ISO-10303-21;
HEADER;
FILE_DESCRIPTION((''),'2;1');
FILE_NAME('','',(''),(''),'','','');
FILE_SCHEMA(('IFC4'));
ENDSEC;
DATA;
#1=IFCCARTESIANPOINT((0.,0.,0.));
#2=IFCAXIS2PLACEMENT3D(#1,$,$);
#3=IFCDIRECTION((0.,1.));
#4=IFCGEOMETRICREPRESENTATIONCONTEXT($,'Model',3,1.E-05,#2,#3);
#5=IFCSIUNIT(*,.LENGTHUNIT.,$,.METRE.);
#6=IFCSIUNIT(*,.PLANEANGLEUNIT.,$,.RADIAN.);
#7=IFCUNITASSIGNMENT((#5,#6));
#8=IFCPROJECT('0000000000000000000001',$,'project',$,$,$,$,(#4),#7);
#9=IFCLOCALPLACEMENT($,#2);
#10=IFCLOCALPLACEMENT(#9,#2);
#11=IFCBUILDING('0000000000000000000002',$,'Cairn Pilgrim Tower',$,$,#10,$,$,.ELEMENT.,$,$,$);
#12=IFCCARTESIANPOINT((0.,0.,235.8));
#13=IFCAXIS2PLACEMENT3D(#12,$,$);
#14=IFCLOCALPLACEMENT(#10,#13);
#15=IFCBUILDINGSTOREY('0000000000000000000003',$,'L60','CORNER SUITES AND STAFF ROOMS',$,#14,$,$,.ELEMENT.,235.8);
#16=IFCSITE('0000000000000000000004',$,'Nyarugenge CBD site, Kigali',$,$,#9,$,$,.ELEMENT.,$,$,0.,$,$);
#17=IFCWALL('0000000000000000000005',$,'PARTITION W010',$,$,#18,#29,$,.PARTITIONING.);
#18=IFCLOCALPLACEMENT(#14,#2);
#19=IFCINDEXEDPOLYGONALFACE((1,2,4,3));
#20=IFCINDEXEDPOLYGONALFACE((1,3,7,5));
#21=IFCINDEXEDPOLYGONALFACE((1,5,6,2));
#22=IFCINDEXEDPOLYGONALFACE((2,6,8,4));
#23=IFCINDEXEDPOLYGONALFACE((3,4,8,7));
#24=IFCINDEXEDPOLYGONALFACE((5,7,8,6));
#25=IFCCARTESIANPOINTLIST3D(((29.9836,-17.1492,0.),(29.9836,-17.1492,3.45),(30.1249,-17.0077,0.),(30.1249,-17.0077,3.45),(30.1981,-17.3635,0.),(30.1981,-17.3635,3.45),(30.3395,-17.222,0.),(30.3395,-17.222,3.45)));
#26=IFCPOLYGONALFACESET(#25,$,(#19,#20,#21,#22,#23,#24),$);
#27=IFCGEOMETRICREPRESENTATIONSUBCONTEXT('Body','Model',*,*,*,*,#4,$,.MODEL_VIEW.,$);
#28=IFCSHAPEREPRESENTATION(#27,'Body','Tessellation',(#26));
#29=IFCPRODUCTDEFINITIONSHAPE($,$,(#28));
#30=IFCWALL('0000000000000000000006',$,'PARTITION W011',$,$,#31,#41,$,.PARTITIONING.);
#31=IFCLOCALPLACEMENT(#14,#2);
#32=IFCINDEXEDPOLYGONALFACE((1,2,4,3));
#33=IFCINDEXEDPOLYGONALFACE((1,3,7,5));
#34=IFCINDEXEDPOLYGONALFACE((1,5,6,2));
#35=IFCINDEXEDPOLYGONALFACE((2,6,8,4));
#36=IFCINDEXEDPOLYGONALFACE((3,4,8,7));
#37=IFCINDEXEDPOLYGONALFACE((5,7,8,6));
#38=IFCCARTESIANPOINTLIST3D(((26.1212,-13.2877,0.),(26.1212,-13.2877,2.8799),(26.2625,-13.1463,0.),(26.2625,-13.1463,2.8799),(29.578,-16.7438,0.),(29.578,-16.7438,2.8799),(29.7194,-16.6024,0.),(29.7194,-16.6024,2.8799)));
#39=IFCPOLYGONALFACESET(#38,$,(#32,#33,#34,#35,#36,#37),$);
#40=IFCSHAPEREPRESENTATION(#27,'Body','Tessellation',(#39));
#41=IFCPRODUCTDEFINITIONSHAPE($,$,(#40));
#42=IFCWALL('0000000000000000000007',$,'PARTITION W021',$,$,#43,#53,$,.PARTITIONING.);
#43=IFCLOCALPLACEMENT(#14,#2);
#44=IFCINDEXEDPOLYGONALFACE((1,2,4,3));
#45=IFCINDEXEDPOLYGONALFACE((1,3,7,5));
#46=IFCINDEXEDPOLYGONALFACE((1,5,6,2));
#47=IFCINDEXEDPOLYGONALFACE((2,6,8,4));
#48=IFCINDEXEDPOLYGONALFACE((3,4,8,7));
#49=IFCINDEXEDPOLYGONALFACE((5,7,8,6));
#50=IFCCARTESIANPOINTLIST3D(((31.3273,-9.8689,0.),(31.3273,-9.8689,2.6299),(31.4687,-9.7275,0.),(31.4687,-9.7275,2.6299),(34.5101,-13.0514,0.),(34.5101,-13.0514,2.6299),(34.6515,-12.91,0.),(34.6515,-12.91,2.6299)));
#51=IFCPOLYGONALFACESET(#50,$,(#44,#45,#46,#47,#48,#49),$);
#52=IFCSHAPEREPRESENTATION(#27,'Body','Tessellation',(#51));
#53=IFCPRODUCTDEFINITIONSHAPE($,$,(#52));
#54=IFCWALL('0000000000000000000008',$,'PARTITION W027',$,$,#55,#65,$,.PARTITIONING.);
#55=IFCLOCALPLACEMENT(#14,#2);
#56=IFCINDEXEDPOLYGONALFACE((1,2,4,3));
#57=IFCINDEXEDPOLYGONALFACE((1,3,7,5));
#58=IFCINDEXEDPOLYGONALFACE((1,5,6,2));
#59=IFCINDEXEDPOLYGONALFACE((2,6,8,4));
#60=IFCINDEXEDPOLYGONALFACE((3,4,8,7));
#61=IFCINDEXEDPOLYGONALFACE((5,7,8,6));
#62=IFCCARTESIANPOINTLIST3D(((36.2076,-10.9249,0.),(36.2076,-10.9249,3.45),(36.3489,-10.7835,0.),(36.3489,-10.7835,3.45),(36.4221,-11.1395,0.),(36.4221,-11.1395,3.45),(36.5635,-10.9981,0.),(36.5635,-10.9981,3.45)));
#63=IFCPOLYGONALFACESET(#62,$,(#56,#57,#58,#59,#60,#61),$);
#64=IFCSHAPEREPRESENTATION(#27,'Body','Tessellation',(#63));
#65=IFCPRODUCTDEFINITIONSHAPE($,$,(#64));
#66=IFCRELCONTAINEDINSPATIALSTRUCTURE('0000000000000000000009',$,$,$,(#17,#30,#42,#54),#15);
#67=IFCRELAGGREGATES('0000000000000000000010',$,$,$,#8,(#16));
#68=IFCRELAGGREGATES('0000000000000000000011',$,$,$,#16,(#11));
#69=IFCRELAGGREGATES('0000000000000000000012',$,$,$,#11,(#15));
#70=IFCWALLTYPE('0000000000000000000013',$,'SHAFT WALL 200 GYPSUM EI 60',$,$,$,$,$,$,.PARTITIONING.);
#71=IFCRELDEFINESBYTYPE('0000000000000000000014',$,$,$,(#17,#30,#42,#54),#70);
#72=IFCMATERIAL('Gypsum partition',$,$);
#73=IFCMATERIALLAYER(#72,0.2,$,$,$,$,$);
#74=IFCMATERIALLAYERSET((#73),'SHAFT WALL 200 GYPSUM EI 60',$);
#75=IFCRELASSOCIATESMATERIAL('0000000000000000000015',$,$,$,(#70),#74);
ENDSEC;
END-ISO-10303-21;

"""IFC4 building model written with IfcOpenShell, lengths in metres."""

from ifc_helpers import new_model, si_unit, direction, frame, frame_2d, origin, place, context, subcontext, project, spatial, rectangle, extrude, material, layer, layer_set, type_object, element, save


model = new_model("IFC4")

# Units and contexts
model_context = context("Model", 3, precision=1e-05, world=origin(), true_north=direction((0.0, 1.0)))
body_context = subcontext(model_context, "Body", "Model", "MODEL_VIEW")
ifc_project = project(units=[si_unit("LENGTHUNIT", "METRE"), si_unit("PLANEANGLEUNIT", "RADIAN")], contexts=[model_context])

# Site, building, storey
site_placement = place(None, origin())
site = spatial("IfcSite", under=ifc_project, at=site_placement, Name="Nyarugenge CBD site, Kigali", CompositionType="ELEMENT", RefElevation=0.0)
building_placement = place(site_placement, origin())
building = spatial("IfcBuilding", under=site, at=building_placement, Name="Cairn Pilgrim Tower", CompositionType="ELEMENT")
storey_placement = place(building_placement, frame((0.0, 0.0, 235.8)))
storey = spatial("IfcBuildingStorey", under=building, at=storey_placement, Name="L60", Description="CORNER SUITES AND STAFF ROOMS", CompositionType="ELEMENT", Elevation=235.8)

# Shared definitions
ifc_material_1 = material(Name="Gypsum partition")

# Walls
ifc_layer_1 = layer(ifc_material_1, 0.2)
ifc_layer_set_1 = layer_set([ifc_layer_1], Name="SHAFT WALL 200 GYPSUM EI 60")
wall_type_1 = type_object("IfcWallType", Name="SHAFT WALL 200 GYPSUM EI 60", PredefinedType="PARTITIONING", material=ifc_layer_set_1)
wall_1_placement = place(storey_placement, frame((30.2688, -17.2927, 0.0), z_axis=(0.0, 0.0, 1.0), x_axis=(-0.707509, 0.706704, 0.0)))
element("IfcWall", 1, at=wall_1_placement, inside=storey, type_object=wall_type_1, Name="PARTITION W010", PredefinedType="PARTITIONING", context=body_context, shape_type="SweptSolid", body=[
    extrude(rectangle(XDim=0.3032, YDim=0.2, at=frame_2d((0.1516, 0.0))), origin(), (0.0, 0.0, 1.0), 3.45),
])
wall_2_placement = place(storey_placement, frame((29.6487, -16.6731, 0.0), z_axis=(0.0, 0.0, 1.0), x_axis=(-0.707182, 0.707032, 0.0)))
element("IfcWall", 2, at=wall_2_placement, inside=storey, type_object=wall_type_1, Name="PARTITION W011", PredefinedType="PARTITIONING", context=body_context, shape_type="SweptSolid", body=[
    extrude(rectangle(XDim=4.8882, YDim=0.2, at=frame_2d((2.4441, 0.0))), origin(), (0.0, 0.0, 1.0), 2.8799),
])
wall_3_placement = place(storey_placement, frame((34.5808, -12.9807, 0.0), z_axis=(0.0, 0.0, 1.0), x_axis=(-0.707134, 0.70708, 0.0)))
element("IfcWall", 3, at=wall_3_placement, inside=storey, type_object=wall_type_1, Name="PARTITION W021", PredefinedType="PARTITIONING", context=body_context, shape_type="SweptSolid", body=[
    extrude(rectangle(XDim=4.501, YDim=0.2, at=frame_2d((2.2505, 0.0))), origin(), (0.0, 0.0, 1.0), 2.6299),
])
wall_4_placement = place(storey_placement, frame((36.4929, -11.0688, 0.0), z_axis=(0.0, 0.0, 1.0), x_axis=(-0.707107, 0.707107, 0.0)))
element("IfcWall", 4, at=wall_4_placement, inside=storey, type_object=wall_type_1, Name="PARTITION W027", PredefinedType="PARTITIONING", context=body_context, shape_type="SweptSolid", body=[
    extrude(rectangle(XDim=0.3035, YDim=0.2, at=frame_2d((0.1519, 0.0))), origin(), (0.0, 0.0, 1.0), 3.45),
])

save(model, "model.ifc")
